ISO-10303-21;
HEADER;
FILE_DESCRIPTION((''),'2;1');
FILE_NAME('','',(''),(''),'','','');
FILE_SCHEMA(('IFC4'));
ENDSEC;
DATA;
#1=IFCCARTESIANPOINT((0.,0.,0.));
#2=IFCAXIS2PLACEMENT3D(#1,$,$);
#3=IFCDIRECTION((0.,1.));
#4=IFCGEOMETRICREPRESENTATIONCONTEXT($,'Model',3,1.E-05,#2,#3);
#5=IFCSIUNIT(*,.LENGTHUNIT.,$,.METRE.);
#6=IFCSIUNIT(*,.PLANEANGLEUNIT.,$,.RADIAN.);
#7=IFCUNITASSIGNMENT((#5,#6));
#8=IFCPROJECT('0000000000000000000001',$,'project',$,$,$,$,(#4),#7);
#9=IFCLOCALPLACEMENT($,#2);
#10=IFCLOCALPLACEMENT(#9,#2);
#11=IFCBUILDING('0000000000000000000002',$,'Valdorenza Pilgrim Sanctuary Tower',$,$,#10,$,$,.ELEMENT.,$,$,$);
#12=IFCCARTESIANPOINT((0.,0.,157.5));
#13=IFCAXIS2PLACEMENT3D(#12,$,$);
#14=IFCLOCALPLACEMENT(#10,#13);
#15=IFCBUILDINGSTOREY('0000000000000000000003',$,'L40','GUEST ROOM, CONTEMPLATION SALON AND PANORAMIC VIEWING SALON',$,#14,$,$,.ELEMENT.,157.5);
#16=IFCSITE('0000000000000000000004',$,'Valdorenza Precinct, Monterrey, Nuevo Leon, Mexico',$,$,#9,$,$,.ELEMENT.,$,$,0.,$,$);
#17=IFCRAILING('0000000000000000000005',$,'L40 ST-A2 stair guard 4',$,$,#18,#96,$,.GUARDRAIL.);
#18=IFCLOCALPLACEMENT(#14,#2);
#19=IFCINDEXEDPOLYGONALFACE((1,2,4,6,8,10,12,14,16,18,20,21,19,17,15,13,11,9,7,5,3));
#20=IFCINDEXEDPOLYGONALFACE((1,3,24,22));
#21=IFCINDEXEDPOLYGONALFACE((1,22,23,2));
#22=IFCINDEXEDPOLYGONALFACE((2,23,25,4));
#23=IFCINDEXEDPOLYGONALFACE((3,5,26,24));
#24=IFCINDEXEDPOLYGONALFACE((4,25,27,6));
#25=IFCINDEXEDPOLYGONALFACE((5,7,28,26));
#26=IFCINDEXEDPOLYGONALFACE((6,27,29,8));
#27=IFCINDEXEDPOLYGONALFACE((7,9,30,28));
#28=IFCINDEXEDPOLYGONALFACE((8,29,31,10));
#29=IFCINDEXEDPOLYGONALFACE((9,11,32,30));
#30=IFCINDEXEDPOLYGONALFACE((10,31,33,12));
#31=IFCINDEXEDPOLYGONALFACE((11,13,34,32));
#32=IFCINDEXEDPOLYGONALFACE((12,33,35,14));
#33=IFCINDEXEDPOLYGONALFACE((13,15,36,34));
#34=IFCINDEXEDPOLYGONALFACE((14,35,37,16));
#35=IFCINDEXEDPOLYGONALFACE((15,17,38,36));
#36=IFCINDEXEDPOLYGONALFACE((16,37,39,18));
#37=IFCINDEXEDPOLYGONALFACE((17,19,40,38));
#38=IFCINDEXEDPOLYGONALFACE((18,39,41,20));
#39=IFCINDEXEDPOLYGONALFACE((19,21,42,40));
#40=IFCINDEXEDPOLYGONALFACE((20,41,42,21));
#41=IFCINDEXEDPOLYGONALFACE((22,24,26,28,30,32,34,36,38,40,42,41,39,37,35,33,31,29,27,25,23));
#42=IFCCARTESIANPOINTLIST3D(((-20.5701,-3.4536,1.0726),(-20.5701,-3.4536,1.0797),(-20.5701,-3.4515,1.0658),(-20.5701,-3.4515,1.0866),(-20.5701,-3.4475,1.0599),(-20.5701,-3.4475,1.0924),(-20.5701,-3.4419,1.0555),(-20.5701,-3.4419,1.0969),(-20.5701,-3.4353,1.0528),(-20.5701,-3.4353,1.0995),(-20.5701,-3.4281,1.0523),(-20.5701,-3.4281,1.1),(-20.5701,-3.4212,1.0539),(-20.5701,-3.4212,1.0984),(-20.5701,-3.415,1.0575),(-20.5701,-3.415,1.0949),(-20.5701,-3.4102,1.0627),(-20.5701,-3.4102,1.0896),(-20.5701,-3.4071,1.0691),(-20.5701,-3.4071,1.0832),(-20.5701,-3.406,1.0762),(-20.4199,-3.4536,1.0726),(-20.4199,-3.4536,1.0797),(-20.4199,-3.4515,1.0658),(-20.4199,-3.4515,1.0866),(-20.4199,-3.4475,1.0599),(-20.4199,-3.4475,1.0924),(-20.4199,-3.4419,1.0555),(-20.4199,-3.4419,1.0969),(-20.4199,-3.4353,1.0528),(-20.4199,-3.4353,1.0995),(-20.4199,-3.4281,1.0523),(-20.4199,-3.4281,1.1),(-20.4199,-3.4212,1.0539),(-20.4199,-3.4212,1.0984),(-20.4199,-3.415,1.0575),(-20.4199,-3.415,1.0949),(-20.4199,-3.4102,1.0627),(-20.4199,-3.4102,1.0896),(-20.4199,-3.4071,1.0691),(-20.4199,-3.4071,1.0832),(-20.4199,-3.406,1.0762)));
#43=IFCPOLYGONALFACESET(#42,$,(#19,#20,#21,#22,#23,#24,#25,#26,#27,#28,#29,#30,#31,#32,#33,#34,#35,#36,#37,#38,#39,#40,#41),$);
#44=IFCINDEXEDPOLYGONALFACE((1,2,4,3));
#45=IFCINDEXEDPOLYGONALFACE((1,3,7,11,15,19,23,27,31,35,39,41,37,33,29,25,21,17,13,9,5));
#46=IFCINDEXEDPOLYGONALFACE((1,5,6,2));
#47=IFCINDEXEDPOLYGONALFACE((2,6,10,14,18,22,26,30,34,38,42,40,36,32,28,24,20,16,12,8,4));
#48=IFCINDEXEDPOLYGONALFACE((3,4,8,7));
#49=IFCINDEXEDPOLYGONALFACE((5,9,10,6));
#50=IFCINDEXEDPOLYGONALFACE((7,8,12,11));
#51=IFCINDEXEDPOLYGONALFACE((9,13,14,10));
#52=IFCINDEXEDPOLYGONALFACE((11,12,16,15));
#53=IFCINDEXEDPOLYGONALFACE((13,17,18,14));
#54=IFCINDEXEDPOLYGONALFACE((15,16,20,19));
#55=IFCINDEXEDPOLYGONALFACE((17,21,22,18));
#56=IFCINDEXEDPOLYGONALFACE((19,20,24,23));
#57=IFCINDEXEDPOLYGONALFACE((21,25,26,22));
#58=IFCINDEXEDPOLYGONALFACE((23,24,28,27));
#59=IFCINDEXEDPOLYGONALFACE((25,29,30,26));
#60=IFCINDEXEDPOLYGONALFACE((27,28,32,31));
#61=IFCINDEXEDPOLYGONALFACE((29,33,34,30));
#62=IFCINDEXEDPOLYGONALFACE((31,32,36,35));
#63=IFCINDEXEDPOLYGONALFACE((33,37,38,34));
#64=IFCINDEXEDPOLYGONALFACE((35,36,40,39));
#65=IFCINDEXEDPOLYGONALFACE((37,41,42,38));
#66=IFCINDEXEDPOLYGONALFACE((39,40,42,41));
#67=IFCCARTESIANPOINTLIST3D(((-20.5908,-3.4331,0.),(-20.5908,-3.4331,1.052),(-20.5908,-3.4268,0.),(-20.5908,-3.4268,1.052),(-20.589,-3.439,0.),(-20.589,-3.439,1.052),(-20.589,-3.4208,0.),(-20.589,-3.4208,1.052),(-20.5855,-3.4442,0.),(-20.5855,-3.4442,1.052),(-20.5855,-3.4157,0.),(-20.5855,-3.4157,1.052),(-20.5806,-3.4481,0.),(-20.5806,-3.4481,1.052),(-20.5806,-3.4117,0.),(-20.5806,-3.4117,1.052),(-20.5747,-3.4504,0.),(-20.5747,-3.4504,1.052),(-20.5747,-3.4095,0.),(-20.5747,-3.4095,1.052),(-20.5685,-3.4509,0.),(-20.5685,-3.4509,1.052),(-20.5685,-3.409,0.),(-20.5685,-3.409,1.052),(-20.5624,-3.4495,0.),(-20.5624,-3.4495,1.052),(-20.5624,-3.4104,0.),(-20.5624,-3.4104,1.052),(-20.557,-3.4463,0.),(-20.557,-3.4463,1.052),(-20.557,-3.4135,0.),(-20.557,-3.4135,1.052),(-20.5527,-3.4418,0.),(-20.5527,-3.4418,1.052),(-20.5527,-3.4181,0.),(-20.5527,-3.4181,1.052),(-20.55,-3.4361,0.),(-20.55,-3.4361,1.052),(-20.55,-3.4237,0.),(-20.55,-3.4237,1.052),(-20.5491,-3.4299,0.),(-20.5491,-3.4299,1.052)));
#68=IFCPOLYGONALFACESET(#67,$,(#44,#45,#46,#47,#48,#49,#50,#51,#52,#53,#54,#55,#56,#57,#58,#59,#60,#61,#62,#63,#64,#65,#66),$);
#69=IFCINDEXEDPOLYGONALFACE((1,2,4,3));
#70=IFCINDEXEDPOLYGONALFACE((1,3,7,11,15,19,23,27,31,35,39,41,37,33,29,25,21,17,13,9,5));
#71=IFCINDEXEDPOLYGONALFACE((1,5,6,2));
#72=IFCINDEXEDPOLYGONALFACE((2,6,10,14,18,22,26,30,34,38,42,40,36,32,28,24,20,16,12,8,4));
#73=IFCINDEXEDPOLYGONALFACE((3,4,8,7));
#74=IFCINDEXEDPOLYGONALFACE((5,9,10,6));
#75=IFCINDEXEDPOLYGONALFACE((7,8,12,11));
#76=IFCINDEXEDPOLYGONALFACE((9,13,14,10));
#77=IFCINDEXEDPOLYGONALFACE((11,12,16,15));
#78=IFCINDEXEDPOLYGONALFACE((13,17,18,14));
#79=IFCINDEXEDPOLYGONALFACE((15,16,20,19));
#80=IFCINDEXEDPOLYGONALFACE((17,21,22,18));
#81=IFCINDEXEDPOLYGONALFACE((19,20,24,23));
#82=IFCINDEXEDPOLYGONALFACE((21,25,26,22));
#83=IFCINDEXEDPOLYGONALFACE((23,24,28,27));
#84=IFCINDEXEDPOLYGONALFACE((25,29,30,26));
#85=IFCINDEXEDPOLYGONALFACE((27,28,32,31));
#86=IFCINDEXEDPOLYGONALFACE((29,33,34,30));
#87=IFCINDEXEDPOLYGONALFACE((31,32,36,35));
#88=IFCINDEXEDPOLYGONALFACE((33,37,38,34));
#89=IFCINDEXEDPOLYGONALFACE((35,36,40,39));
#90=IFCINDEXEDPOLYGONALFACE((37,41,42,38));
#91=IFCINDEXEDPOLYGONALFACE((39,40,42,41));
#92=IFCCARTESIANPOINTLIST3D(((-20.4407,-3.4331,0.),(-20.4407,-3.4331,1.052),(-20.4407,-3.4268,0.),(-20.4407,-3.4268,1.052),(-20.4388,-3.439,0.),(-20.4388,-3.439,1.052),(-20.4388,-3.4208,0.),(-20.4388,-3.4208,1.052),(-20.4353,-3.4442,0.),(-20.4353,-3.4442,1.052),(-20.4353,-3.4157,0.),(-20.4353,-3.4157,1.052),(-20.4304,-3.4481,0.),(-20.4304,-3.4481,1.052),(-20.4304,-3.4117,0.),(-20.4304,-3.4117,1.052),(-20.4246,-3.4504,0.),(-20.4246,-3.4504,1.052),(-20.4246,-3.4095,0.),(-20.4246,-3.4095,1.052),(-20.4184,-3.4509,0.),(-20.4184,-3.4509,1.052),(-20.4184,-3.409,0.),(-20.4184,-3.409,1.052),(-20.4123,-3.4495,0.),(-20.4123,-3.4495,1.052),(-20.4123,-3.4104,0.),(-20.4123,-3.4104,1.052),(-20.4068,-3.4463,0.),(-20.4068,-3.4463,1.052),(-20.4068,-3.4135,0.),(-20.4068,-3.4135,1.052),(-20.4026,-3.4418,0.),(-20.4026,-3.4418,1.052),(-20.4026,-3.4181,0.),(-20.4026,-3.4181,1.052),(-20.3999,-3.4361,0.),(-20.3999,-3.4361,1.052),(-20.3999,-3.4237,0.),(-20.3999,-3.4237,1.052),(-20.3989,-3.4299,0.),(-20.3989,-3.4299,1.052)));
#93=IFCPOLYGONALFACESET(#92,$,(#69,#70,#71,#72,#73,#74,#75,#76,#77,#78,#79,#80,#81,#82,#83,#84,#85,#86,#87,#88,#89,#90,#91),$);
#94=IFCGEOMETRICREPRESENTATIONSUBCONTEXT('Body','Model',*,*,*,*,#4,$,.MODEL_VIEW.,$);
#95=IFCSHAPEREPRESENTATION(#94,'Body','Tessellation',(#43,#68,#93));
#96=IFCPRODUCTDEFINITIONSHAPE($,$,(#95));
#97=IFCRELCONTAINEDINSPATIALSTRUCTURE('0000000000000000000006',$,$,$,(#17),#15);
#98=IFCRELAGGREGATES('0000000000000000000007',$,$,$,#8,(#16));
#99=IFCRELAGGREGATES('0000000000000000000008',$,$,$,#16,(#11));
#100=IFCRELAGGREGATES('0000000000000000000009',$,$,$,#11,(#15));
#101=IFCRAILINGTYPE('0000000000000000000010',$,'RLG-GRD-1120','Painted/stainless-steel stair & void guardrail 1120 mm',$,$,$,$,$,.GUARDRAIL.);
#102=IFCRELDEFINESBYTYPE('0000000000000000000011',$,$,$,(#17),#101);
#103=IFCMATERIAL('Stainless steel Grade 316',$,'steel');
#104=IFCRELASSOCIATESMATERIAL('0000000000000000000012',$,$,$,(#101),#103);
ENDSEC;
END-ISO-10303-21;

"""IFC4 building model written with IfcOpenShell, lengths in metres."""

from ifc_helpers import new_model, si_unit, direction, frame, origin, origin_2d, place, context, subcontext, project, spatial, circle, extrude, material, type_object, element, save


model = new_model("IFC4")

# Units and contexts
model_context = context("Model", 3, precision=1e-05, world=origin(), true_north=direction((0.0, 1.0)))
body_context = subcontext(model_context, "Body", "Model", "MODEL_VIEW")
ifc_project = project(units=[si_unit("LENGTHUNIT", "METRE"), si_unit("PLANEANGLEUNIT", "RADIAN")], contexts=[model_context])

# Site, building, storey
site_placement = place(None, origin())
site = spatial("IfcSite", under=ifc_project, at=site_placement, Name="Valdorenza Precinct, Monterrey, Nuevo Leon, Mexico", CompositionType="ELEMENT", RefElevation=0.0)
building_placement = place(site_placement, origin())
building = spatial("IfcBuilding", under=site, at=building_placement, Name="Valdorenza Pilgrim Sanctuary Tower", CompositionType="ELEMENT")
storey_placement = place(building_placement, frame((0.0, 0.0, 157.5)))
storey = spatial("IfcBuildingStorey", under=building, at=storey_placement, Name="L40", Description="GUEST ROOM, CONTEMPLATION SALON AND PANORAMIC VIEWING SALON", CompositionType="ELEMENT", Elevation=157.5)

# Railing
ifc_material_1 = material(Name="Stainless steel Grade 316", Category="steel")
railing_type_1 = type_object("IfcRailingType", Name="RLG-GRD-1120", Description="Painted/stainless-steel stair & void guardrail 1120 mm", PredefinedType="GUARDRAIL", material=ifc_material_1)
railing_1_placement = place(storey_placement, frame((-20.5701, -3.4299, 0.0)))
element("IfcRailing", 1, at=railing_1_placement, inside=storey, type_object=railing_type_1, Name="L40 ST-A2 stair guard 4", PredefinedType="GUARDRAIL", context=body_context, shape_type="SweptSolid", body=[
    extrude(circle(Radius=0.0239, at=origin_2d()), frame((0.0, 0.0, 1.0762), z_axis=(1.0, 0.0, 0.0), x_axis=(0.0, 1.0, 0.0)), (0.0, 0.0, 1.0), 0.1501),
    extrude(circle(Radius=0.021, at=origin_2d()), origin(), (0.0, 0.0, 1.0), 1.052),
    extrude(circle(Radius=0.021, at=origin_2d()), frame((0.1501, 0.0, 0.0)), (0.0, 0.0, 1.0), 1.052),
])

save(model, "model.ifc")
